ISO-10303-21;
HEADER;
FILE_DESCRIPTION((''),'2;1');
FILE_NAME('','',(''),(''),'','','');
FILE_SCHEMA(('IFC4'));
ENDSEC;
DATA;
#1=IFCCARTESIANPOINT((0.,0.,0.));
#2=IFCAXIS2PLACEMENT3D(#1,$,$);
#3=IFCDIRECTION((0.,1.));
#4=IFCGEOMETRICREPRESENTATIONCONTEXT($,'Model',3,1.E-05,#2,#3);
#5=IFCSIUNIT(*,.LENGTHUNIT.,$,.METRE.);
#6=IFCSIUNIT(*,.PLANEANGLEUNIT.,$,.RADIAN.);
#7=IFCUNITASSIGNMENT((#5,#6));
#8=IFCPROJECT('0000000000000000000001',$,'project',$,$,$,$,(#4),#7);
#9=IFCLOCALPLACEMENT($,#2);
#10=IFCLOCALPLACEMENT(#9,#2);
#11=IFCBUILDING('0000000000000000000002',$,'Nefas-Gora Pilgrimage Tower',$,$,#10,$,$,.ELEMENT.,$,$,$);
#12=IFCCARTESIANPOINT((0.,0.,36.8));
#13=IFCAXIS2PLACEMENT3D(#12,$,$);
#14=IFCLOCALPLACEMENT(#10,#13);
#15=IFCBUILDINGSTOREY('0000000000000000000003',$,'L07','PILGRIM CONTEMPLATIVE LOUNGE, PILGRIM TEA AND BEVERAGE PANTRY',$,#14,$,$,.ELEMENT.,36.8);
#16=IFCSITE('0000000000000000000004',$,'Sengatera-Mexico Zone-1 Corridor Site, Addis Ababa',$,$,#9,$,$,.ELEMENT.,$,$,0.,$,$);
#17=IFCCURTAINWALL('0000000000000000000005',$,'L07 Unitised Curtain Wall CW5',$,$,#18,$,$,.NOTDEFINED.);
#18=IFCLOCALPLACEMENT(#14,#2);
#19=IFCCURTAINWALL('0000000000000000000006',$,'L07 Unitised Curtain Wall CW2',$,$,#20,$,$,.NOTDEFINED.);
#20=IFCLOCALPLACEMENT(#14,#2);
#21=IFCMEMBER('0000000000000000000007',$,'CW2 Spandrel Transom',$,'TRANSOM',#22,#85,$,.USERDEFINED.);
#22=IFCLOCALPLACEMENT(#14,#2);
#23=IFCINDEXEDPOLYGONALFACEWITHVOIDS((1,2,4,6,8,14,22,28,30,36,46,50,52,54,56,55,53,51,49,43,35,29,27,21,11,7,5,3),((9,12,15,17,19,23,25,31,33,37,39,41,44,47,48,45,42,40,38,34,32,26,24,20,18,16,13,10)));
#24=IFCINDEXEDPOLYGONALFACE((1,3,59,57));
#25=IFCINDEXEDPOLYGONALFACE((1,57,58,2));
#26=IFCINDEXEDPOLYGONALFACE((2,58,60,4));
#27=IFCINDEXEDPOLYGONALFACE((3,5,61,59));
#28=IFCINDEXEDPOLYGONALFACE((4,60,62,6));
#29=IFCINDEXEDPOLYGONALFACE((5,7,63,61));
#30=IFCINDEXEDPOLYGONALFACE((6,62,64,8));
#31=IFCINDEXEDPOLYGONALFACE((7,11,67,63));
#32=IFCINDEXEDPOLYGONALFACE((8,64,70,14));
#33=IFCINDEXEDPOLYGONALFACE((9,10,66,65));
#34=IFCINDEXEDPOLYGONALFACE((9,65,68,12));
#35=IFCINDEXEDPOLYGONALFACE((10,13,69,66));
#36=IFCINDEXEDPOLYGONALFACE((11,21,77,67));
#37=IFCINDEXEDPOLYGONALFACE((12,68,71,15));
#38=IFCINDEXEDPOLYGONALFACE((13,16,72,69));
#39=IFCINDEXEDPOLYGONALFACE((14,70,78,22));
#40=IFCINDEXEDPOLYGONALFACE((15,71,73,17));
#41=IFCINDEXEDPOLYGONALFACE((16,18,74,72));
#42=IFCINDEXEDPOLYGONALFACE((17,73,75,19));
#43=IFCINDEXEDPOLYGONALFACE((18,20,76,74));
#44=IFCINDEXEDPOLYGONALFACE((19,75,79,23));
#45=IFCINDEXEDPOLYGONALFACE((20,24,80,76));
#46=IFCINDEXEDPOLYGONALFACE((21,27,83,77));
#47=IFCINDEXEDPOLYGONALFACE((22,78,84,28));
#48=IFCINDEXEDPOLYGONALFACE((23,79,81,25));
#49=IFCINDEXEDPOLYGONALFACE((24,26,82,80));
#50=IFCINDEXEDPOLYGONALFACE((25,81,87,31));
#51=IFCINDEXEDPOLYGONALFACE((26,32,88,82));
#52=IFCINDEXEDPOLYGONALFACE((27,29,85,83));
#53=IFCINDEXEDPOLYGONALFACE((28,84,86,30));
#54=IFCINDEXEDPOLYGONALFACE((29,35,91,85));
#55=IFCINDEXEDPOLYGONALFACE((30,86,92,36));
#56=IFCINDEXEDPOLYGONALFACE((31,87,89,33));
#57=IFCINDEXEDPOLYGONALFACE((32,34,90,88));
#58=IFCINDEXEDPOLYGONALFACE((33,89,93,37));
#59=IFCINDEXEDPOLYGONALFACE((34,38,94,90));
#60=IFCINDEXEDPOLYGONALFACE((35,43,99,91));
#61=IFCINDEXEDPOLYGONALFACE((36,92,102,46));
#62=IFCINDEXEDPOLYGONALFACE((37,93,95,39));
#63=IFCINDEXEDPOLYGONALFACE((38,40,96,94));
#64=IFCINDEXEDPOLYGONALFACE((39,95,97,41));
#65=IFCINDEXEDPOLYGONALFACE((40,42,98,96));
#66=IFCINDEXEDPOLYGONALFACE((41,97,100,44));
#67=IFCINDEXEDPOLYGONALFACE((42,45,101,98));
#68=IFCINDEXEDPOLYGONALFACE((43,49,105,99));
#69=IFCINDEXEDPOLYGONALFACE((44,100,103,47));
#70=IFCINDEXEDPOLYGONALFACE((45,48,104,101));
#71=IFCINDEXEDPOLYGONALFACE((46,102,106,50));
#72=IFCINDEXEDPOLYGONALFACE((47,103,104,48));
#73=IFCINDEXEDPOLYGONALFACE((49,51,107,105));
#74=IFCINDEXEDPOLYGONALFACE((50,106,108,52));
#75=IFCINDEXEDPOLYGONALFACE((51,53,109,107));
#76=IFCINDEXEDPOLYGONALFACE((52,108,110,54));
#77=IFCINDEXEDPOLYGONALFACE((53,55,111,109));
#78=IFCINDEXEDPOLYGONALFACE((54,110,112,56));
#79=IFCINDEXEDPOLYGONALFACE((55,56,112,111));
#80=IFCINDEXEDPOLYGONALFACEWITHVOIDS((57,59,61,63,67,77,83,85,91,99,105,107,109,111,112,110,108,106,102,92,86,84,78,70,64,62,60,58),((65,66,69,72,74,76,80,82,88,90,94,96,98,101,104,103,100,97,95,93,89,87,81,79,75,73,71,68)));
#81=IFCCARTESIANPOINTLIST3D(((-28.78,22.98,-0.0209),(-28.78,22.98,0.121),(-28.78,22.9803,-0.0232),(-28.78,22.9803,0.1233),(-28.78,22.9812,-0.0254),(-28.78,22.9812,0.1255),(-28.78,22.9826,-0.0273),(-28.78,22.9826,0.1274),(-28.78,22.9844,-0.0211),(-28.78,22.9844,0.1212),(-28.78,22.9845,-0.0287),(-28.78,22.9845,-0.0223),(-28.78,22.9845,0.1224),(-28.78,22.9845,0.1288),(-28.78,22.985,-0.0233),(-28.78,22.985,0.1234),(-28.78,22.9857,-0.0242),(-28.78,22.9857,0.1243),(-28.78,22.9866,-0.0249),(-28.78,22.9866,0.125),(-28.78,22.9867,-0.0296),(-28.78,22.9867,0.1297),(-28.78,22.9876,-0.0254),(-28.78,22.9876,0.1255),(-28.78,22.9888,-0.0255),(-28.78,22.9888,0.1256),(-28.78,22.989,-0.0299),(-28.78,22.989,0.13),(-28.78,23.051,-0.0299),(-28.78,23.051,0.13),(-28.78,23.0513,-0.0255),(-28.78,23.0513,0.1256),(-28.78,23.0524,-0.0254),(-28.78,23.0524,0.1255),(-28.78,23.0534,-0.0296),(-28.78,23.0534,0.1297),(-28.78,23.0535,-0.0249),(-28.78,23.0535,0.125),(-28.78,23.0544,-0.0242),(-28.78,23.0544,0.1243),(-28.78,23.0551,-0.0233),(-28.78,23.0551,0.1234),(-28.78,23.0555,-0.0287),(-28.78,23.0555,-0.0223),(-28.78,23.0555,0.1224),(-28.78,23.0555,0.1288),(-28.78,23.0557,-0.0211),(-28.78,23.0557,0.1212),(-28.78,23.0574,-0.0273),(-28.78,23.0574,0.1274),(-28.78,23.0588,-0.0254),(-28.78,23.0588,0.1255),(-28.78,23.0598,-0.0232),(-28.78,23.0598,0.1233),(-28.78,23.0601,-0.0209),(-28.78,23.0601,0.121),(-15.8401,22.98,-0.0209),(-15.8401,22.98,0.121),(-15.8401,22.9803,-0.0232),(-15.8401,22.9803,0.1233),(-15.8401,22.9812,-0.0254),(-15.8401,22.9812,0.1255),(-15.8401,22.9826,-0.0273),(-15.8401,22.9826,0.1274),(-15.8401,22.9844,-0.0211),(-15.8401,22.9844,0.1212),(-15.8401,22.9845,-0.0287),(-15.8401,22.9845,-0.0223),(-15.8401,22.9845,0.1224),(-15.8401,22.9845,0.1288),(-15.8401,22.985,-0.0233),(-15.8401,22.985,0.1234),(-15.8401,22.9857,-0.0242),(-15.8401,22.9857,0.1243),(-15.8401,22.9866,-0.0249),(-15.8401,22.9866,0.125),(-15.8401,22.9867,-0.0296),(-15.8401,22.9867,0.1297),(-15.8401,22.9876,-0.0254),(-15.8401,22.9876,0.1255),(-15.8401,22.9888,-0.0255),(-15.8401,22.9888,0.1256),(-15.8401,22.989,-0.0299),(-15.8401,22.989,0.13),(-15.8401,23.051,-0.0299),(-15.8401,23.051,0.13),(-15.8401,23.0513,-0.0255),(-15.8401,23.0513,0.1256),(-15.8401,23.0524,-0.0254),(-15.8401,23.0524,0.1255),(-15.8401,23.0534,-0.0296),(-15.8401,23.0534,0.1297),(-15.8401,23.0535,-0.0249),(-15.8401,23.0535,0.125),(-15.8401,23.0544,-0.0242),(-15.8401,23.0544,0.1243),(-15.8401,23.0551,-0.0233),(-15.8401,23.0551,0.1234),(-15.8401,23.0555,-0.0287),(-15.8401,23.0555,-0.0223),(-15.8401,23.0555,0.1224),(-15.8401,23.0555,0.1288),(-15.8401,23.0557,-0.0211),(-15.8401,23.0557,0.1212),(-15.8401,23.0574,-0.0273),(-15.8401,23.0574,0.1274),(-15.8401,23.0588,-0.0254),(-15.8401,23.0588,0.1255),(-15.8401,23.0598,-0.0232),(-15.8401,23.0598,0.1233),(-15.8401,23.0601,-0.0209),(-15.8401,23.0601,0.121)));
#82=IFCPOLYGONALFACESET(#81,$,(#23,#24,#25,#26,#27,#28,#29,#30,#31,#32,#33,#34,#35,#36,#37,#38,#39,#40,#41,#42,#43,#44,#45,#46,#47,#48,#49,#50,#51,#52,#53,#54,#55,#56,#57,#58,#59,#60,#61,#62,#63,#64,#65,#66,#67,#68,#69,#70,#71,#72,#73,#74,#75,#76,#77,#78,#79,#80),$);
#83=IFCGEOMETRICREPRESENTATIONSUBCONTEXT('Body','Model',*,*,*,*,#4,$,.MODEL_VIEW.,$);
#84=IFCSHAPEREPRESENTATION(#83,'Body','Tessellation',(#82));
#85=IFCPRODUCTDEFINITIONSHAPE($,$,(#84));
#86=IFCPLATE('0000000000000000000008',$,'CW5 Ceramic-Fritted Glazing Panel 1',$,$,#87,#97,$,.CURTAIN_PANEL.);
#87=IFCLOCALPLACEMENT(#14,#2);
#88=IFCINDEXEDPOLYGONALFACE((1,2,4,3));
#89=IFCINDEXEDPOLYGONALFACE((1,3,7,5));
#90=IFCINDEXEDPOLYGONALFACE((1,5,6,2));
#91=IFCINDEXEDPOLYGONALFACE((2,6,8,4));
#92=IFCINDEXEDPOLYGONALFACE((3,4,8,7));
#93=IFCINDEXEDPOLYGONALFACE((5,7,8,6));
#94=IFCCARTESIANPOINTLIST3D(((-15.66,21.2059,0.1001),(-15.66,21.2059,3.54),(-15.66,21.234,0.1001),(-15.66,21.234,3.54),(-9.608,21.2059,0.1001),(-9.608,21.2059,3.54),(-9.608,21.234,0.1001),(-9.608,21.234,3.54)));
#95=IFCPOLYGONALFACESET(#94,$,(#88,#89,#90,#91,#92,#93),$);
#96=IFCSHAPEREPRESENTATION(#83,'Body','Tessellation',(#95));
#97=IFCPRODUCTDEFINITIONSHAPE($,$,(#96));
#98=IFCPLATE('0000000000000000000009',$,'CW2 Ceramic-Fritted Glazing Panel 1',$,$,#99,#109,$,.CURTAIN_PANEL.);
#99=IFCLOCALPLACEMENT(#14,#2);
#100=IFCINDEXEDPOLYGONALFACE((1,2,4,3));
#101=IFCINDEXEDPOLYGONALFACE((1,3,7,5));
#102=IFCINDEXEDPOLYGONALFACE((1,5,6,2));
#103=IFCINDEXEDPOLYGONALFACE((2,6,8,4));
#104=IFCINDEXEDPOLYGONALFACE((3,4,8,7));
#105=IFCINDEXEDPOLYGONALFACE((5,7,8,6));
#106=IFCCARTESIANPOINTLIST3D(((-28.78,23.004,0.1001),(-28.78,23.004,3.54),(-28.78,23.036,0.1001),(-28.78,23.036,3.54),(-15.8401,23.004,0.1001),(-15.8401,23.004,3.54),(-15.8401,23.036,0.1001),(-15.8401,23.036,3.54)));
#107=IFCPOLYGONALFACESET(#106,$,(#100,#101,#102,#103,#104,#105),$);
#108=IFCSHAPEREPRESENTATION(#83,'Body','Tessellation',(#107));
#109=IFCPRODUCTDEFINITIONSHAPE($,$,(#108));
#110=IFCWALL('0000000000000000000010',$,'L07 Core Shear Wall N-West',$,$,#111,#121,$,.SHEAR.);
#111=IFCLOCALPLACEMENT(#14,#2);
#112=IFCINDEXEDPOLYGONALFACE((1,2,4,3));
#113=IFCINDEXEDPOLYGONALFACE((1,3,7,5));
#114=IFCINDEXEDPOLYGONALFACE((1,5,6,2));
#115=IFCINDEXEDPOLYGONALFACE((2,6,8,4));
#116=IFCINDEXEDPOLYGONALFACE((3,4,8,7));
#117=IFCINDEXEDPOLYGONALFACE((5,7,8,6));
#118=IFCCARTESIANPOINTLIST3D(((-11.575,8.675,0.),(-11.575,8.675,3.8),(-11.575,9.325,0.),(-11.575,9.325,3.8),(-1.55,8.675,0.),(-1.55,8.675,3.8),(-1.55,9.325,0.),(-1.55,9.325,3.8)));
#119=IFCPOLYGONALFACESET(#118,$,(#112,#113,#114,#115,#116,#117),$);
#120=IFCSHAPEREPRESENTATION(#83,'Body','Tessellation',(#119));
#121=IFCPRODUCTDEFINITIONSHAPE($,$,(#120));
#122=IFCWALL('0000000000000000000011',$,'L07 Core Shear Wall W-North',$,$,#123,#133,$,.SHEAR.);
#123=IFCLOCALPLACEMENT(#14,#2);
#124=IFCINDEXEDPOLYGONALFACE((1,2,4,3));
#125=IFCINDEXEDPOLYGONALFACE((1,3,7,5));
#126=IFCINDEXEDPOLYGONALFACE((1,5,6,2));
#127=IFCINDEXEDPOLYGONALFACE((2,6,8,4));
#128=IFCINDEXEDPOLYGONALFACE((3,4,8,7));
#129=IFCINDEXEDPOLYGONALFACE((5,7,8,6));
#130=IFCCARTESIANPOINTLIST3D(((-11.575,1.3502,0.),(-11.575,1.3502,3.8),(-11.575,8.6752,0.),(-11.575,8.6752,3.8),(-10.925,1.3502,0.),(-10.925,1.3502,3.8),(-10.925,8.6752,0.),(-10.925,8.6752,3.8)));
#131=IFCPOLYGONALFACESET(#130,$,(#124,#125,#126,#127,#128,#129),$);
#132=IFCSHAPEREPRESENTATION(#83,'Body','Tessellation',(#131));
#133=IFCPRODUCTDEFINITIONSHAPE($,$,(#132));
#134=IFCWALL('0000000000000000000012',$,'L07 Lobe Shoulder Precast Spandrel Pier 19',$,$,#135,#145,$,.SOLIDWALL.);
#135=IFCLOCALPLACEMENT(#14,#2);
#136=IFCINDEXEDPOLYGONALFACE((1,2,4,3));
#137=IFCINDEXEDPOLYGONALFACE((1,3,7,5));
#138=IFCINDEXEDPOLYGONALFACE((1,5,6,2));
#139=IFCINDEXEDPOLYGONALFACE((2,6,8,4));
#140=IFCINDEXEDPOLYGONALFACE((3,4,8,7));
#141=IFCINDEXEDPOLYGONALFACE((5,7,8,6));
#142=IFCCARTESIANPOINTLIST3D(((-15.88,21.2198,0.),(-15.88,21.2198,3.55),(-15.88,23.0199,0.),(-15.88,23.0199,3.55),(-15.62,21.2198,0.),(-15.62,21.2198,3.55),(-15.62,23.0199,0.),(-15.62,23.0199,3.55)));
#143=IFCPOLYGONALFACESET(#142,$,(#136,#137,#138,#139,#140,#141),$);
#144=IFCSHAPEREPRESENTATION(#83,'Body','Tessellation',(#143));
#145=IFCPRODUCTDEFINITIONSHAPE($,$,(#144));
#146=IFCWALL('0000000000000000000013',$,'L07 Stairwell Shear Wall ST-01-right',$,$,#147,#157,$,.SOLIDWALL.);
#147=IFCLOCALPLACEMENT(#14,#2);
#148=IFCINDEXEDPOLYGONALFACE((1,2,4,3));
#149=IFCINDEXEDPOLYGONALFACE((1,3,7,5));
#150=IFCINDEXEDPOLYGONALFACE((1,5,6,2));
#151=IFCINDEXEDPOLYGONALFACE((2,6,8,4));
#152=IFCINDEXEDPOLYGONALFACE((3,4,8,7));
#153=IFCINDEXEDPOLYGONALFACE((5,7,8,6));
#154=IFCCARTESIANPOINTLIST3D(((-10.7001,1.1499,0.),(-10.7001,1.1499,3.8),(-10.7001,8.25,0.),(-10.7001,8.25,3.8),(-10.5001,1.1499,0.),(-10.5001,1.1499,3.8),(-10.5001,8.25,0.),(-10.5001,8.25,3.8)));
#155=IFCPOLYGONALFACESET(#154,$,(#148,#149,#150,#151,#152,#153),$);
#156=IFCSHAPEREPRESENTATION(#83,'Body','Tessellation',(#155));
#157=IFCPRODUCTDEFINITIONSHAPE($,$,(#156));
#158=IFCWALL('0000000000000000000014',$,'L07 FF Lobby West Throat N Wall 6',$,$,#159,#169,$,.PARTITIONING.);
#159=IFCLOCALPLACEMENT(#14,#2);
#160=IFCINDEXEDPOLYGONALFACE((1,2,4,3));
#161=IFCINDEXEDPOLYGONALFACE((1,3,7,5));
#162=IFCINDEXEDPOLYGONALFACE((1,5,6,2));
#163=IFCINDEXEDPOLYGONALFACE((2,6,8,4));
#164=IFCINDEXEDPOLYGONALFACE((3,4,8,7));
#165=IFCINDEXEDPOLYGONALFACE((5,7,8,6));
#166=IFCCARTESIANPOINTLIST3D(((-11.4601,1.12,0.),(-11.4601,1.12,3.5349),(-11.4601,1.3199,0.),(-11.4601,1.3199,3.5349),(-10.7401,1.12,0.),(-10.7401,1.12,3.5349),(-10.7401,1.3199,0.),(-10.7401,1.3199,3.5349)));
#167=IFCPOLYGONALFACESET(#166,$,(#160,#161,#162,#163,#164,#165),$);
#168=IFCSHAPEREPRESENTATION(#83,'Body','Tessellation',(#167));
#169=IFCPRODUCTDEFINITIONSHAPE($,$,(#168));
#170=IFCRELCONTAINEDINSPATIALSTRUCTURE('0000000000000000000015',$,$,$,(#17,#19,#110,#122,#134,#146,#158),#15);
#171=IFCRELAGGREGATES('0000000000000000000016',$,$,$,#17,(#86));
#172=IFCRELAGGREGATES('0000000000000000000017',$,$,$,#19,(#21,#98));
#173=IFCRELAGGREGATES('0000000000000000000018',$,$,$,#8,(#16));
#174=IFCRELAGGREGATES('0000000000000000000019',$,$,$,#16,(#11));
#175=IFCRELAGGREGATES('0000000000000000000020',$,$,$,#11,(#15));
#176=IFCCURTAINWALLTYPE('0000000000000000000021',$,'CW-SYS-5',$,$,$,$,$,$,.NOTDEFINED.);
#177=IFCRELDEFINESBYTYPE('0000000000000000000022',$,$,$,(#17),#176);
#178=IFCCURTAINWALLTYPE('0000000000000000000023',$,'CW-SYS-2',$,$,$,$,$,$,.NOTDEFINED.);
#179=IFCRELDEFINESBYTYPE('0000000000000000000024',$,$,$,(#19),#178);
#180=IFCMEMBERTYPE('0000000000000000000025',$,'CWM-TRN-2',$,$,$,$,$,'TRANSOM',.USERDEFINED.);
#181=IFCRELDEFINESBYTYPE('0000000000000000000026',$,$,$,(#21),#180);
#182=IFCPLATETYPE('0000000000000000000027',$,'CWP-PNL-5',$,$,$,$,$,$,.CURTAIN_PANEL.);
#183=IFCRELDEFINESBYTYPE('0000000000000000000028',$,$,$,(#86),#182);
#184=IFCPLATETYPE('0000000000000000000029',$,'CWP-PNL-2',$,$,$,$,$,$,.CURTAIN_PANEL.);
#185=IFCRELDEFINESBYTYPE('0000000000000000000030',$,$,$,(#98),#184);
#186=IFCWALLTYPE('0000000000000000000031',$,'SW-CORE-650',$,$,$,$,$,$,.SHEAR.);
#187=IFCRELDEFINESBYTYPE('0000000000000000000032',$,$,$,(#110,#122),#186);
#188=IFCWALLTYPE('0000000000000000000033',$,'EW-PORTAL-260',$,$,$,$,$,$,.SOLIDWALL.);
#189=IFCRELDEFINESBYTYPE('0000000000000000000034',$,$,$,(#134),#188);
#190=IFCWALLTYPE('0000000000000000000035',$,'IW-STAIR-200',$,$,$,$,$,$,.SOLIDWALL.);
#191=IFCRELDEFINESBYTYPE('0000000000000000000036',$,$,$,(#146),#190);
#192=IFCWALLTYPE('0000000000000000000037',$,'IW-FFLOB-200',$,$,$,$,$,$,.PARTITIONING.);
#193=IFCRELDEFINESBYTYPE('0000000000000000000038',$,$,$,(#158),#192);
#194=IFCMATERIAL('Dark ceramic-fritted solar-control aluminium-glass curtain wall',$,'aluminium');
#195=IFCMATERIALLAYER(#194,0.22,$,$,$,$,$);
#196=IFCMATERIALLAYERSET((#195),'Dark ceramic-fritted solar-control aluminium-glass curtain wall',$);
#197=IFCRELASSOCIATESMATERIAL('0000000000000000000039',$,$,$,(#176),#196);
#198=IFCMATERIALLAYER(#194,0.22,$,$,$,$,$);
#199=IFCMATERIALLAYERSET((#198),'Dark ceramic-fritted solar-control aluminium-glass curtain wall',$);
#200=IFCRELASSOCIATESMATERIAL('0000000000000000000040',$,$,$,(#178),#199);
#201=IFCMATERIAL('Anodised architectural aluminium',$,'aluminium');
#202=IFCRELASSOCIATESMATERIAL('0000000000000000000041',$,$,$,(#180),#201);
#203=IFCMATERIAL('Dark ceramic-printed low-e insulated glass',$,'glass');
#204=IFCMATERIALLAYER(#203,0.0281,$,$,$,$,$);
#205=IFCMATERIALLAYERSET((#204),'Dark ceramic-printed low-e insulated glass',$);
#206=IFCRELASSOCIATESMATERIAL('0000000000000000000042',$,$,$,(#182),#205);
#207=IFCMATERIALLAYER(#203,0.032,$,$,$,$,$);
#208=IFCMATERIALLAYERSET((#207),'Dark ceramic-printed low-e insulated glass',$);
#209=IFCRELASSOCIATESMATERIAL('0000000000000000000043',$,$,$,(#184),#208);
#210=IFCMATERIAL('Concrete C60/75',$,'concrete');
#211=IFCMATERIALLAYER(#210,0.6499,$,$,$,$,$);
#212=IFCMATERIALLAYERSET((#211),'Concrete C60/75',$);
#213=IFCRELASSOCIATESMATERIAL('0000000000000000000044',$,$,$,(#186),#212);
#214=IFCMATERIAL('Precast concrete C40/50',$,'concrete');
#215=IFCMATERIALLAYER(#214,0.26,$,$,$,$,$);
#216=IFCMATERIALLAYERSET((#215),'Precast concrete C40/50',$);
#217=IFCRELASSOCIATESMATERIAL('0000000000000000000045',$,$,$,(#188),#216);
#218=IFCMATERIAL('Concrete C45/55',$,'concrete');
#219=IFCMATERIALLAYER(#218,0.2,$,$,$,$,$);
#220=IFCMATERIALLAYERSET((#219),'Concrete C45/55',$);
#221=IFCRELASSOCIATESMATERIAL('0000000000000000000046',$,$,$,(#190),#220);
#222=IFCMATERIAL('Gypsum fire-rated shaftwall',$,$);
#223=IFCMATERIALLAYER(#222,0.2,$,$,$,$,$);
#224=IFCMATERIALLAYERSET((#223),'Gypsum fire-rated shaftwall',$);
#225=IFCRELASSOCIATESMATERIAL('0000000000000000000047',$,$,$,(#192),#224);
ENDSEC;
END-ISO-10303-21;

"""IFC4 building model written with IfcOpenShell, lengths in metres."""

from ifc_helpers import new_model, si_unit, direction, frame, frame_2d, origin, origin_2d, place, context, subcontext, project, spatial, rectangle, hollow_rectangle, extrude, source, transform, mapped, material, layer, layer_set, material_profile, profile_set, type_object, element, aggregate, save


model = new_model("IFC4")

# Units and contexts
model_context = context("Model", 3, precision=1e-05, world=origin(), true_north=direction((0.0, 1.0)))
body_context = subcontext(model_context, "Body", "Model", "MODEL_VIEW")
ifc_project = project(units=[si_unit("LENGTHUNIT", "METRE"), si_unit("PLANEANGLEUNIT", "RADIAN")], contexts=[model_context])

# Site, building, storey
site_placement = place(None, origin())
site = spatial("IfcSite", under=ifc_project, at=site_placement, Name="Sengatera-Mexico Zone-1 Corridor Site, Addis Ababa", CompositionType="ELEMENT", RefElevation=0.0)
building_placement = place(site_placement, origin())
building = spatial("IfcBuilding", under=site, at=building_placement, Name="Nefas-Gora Pilgrimage Tower", CompositionType="ELEMENT")
storey_placement = place(building_placement, frame((0.0, 0.0, 36.8)))
storey = spatial("IfcBuildingStorey", under=building, at=storey_placement, Name="L07", Description="PILGRIM CONTEMPLATIVE LOUNGE, PILGRIM TEA AND BEVERAGE PANTRY", CompositionType="ELEMENT", Elevation=36.8)

# Curtain wall
ifc_material_1 = material(Name="Dark ceramic-fritted solar-control aluminium-glass curtain wall", Category="aluminium")
ifc_layer_1 = layer(ifc_material_1, 0.22)
ifc_layer_set_1 = layer_set([ifc_layer_1], Name="Dark ceramic-fritted solar-control aluminium-glass curtain wall")
curtain_wall_type_1 = type_object("IfcCurtainWallType", Name="CW-SYS-5", PredefinedType="NOTDEFINED", material=ifc_layer_set_1)
curtain_wall_1_placement = place(storey_placement, origin())
curtain_wall_1 = element("IfcCurtainWall", 1, at=curtain_wall_1_placement, inside=storey, type_object=curtain_wall_type_1, Name="L07 Unitised Curtain Wall CW5", PredefinedType="NOTDEFINED")
ifc_material_2 = material(Name="Anodised architectural aluminium", Category="aluminium")

# Curtain wall, member
ifc_layer_2 = layer(ifc_material_1, 0.22)
ifc_layer_set_2 = layer_set([ifc_layer_2], Name="Dark ceramic-fritted solar-control aluminium-glass curtain wall")
curtain_wall_type_2 = type_object("IfcCurtainWallType", Name="CW-SYS-2", PredefinedType="NOTDEFINED", material=ifc_layer_set_2)
curtain_wall_2_placement = place(storey_placement, origin())
curtain_wall_2 = element("IfcCurtainWall", 2, at=curtain_wall_2_placement, inside=storey, type_object=curtain_wall_type_2, Name="L07 Unitised Curtain Wall CW2", PredefinedType="NOTDEFINED")
ifc_material_profile_1 = material_profile(ifc_material_2, hollow_rectangle(XDim=0.0801, YDim=0.1599, WallThickness=0.0044, InnerFilletRadius=0.0044, OuterFilletRadius=0.009, at=origin_2d()), Name="ALU TRANSOM 80x160")
ifc_profile_set_1 = profile_set([ifc_material_profile_1], Name="Anodised architectural aluminium")
member_type_1 = type_object("IfcMemberType", Name="CWM-TRN-2", ElementType="TRANSOM", PredefinedType="USERDEFINED", material=ifc_profile_set_1)
shared_shape_1 = source(origin(), body_context, "Body", "SweptSolid", [
    extrude(hollow_rectangle(XDim=0.0801, YDim=0.1599, WallThickness=0.0044, InnerFilletRadius=0.0044, OuterFilletRadius=0.009, at=origin_2d()), origin(), (0.0, 0.0, 1.0), 12.9399),
])
member_1_placement = place(storey_placement, frame((-15.8401, 23.02, 0.05), z_axis=(-1.0, 0.0, 0.0), x_axis=(0.0, -1.0, 0.0)))
member_1 = element("IfcMember", 3, at=member_1_placement, type_object=member_type_1, Name="CW2 Spandrel Transom", ObjectType="TRANSOM", PredefinedType="USERDEFINED", context=body_context, shape_type="MappedRepresentation", body=[
    mapped(shared_shape_1, transform((0.0, 0.0, 0.0), x_axis=(1.0, 0.0, 0.0), y_axis=(0.0, 1.0, 0.0), z_axis=(0.0, 0.0, 1.0), scale=1.0)),
])

# Plates
ifc_material_3 = material(Name="Dark ceramic-printed low-e insulated glass", Category="glass")
ifc_layer_3 = layer(ifc_material_3, 0.0281)
ifc_layer_set_3 = layer_set([ifc_layer_3], Name="Dark ceramic-printed low-e insulated glass")
plate_type_1 = type_object("IfcPlateType", Name="CWP-PNL-5", PredefinedType="CURTAIN_PANEL", material=ifc_layer_set_3)
shared_shape_2 = source(origin(), body_context, "Body", "SweptSolid", [
    extrude(rectangle(XDim=6.052, YDim=0.0281, at=origin_2d()), origin(), (0.0, 0.0, 1.0), 3.4399),
])
plate_1_placement = place(storey_placement, frame((-12.634, 21.22, 0.1001), z_axis=(0.0, 0.0, 1.0), x_axis=(-1.0, 0.0, 0.0)))
plate_1 = element("IfcPlate", 4, at=plate_1_placement, type_object=plate_type_1, Name="CW5 Ceramic-Fritted Glazing Panel 1", PredefinedType="CURTAIN_PANEL", context=body_context, shape_type="MappedRepresentation", body=[
    mapped(shared_shape_2, transform((0.0, 0.0, 0.0), x_axis=(1.0, 0.0, 0.0), y_axis=(0.0, 1.0, 0.0), z_axis=(0.0, 0.0, 1.0), scale=1.0)),
])
aggregate(curtain_wall_1, [plate_1])
ifc_layer_4 = layer(ifc_material_3, 0.032)
ifc_layer_set_4 = layer_set([ifc_layer_4], Name="Dark ceramic-printed low-e insulated glass")
plate_type_2 = type_object("IfcPlateType", Name="CWP-PNL-2", PredefinedType="CURTAIN_PANEL", material=ifc_layer_set_4)
shared_shape_3 = source(origin(), body_context, "Body", "SweptSolid", [
    extrude(rectangle(XDim=12.9399, YDim=0.032, at=origin_2d()), origin(), (0.0, 0.0, 1.0), 3.4399),
])
plate_2_placement = place(storey_placement, frame((-22.3101, 23.02, 0.1001), z_axis=(0.0, 0.0, 1.0), x_axis=(-1.0, 0.0, 0.0)))
plate_2 = element("IfcPlate", 5, at=plate_2_placement, type_object=plate_type_2, Name="CW2 Ceramic-Fritted Glazing Panel 1", PredefinedType="CURTAIN_PANEL", context=body_context, shape_type="MappedRepresentation", body=[
    mapped(shared_shape_3, transform((0.0, 0.0, 0.0), x_axis=(1.0, 0.0, 0.0), y_axis=(0.0, 1.0, 0.0), z_axis=(0.0, 0.0, 1.0), scale=1.0)),
])
aggregate(curtain_wall_2, [member_1, plate_2])

# Walls
ifc_material_4 = material(Name="Concrete C60/75", Category="concrete")
ifc_layer_5 = layer(ifc_material_4, 0.6499)
ifc_layer_set_5 = layer_set([ifc_layer_5], Name="Concrete C60/75")
wall_type_1 = type_object("IfcWallType", Name="SW-CORE-650", PredefinedType="SHEAR", material=ifc_layer_set_5)
shared_shape_4 = source(origin(), body_context, "Body", "SweptSolid", [
    extrude(rectangle(XDim=10.0249, YDim=0.6499, at=frame_2d((5.0125, 0.0))), origin(), (0.0, 0.0, 1.0), 3.8),
])
wall_1_placement = place(storey_placement, frame((-11.575, 9.0, 0.0), z_axis=(0.0, 0.0, 1.0), x_axis=(1.0, 0.0, 0.0)))
element("IfcWall", 6, at=wall_1_placement, inside=storey, type_object=wall_type_1, Name="L07 Core Shear Wall N-West", PredefinedType="SHEAR", context=body_context, shape_type="MappedRepresentation", body=[
    mapped(shared_shape_4, transform((0.0, 0.0, 0.0), x_axis=(1.0, 0.0, 0.0), y_axis=(0.0, 1.0, 0.0), z_axis=(0.0, 0.0, 1.0), scale=1.0)),
])
shared_shape_5 = source(origin(), body_context, "Body", "SweptSolid", [
    extrude(rectangle(XDim=7.325, YDim=0.6499, at=frame_2d((3.6626, 0.0))), origin(), (0.0, 0.0, 1.0), 3.8),
])
wall_2_placement = place(storey_placement, frame((-11.25, 1.3501, 0.0), z_axis=(0.0, 0.0, 1.0), x_axis=(0.0, 1.0, 0.0)))
element("IfcWall", 7, at=wall_2_placement, inside=storey, type_object=wall_type_1, Name="L07 Core Shear Wall W-North", PredefinedType="SHEAR", context=body_context, shape_type="MappedRepresentation", body=[
    mapped(shared_shape_5, transform((0.0, 0.0, 0.0), x_axis=(1.0, 0.0, 0.0), y_axis=(0.0, 1.0, 0.0), z_axis=(0.0, 0.0, 1.0), scale=1.0)),
])
ifc_material_5 = material(Name="Precast concrete C40/50", Category="concrete")
ifc_layer_6 = layer(ifc_material_5, 0.26)
ifc_layer_set_6 = layer_set([ifc_layer_6], Name="Precast concrete C40/50")
wall_type_2 = type_object("IfcWallType", Name="EW-PORTAL-260", PredefinedType="SOLIDWALL", material=ifc_layer_set_6)
shared_shape_6 = source(origin(), body_context, "Body", "SweptSolid", [
    extrude(rectangle(XDim=1.8, YDim=0.26, at=frame_2d((0.8999, 0.0))), origin(), (0.0, 0.0, 1.0), 3.55),
])
wall_3_placement = place(storey_placement, frame((-15.75, 21.22, 0.0), z_axis=(0.0, 0.0, 1.0), x_axis=(0.0, 1.0, 0.0)))
element("IfcWall", 8, at=wall_3_placement, inside=storey, type_object=wall_type_2, Name="L07 Lobe Shoulder Precast Spandrel Pier 19", PredefinedType="SOLIDWALL", context=body_context, shape_type="MappedRepresentation", body=[
    mapped(shared_shape_6, transform((0.0, 0.0, 0.0), x_axis=(1.0, 0.0, 0.0), y_axis=(0.0, 1.0, 0.0), z_axis=(0.0, 0.0, 1.0), scale=1.0)),
])
ifc_material_6 = material(Name="Concrete C45/55", Category="concrete")
ifc_layer_7 = layer(ifc_material_6, 0.2)
ifc_layer_set_7 = layer_set([ifc_layer_7], Name="Concrete C45/55")
wall_type_3 = type_object("IfcWallType", Name="IW-STAIR-200", PredefinedType="SOLIDWALL", material=ifc_layer_set_7)
shared_shape_7 = source(origin(), body_context, "Body", "SweptSolid", [
    extrude(rectangle(XDim=7.1001, YDim=0.2, at=frame_2d((3.55, 0.0))), origin(), (0.0, 0.0, 1.0), 3.8),
])
wall_4_placement = place(storey_placement, frame((-10.6001, 1.1499, 0.0), z_axis=(0.0, 0.0, 1.0), x_axis=(0.0, 1.0, 0.0)))
element("IfcWall", 9, at=wall_4_placement, inside=storey, type_object=wall_type_3, Name="L07 Stairwell Shear Wall ST-01-right", PredefinedType="SOLIDWALL", context=body_context, shape_type="MappedRepresentation", body=[
    mapped(shared_shape_7, transform((0.0, 0.0, 0.0), x_axis=(1.0, 0.0, 0.0), y_axis=(0.0, 1.0, 0.0), z_axis=(0.0, 0.0, 1.0), scale=1.0)),
])
ifc_material_7 = material(Name="Gypsum fire-rated shaftwall")
ifc_layer_8 = layer(ifc_material_7, 0.2)
ifc_layer_set_8 = layer_set([ifc_layer_8], Name="Gypsum fire-rated shaftwall")
wall_type_4 = type_object("IfcWallType", Name="IW-FFLOB-200", PredefinedType="PARTITIONING", material=ifc_layer_set_8)
shared_shape_8 = source(origin(), body_context, "Body", "SweptSolid", [
    extrude(rectangle(XDim=0.72, YDim=0.2, at=frame_2d((0.3599, 0.0))), origin(), (0.0, 0.0, 1.0), 3.5349),
])
wall_5_placement = place(storey_placement, frame((-11.46, 1.22, 0.0), z_axis=(0.0, 0.0, 1.0), x_axis=(1.0, 0.0, 0.0)))
element("IfcWall", 10, at=wall_5_placement, inside=storey, type_object=wall_type_4, Name="L07 FF Lobby West Throat N Wall 6", PredefinedType="PARTITIONING", context=body_context, shape_type="MappedRepresentation", body=[
    mapped(shared_shape_8, transform((0.0, 0.0, 0.0), x_axis=(1.0, 0.0, 0.0), y_axis=(0.0, 1.0, 0.0), z_axis=(0.0, 0.0, 1.0), scale=1.0)),
])

save(model, "model.ifc")
